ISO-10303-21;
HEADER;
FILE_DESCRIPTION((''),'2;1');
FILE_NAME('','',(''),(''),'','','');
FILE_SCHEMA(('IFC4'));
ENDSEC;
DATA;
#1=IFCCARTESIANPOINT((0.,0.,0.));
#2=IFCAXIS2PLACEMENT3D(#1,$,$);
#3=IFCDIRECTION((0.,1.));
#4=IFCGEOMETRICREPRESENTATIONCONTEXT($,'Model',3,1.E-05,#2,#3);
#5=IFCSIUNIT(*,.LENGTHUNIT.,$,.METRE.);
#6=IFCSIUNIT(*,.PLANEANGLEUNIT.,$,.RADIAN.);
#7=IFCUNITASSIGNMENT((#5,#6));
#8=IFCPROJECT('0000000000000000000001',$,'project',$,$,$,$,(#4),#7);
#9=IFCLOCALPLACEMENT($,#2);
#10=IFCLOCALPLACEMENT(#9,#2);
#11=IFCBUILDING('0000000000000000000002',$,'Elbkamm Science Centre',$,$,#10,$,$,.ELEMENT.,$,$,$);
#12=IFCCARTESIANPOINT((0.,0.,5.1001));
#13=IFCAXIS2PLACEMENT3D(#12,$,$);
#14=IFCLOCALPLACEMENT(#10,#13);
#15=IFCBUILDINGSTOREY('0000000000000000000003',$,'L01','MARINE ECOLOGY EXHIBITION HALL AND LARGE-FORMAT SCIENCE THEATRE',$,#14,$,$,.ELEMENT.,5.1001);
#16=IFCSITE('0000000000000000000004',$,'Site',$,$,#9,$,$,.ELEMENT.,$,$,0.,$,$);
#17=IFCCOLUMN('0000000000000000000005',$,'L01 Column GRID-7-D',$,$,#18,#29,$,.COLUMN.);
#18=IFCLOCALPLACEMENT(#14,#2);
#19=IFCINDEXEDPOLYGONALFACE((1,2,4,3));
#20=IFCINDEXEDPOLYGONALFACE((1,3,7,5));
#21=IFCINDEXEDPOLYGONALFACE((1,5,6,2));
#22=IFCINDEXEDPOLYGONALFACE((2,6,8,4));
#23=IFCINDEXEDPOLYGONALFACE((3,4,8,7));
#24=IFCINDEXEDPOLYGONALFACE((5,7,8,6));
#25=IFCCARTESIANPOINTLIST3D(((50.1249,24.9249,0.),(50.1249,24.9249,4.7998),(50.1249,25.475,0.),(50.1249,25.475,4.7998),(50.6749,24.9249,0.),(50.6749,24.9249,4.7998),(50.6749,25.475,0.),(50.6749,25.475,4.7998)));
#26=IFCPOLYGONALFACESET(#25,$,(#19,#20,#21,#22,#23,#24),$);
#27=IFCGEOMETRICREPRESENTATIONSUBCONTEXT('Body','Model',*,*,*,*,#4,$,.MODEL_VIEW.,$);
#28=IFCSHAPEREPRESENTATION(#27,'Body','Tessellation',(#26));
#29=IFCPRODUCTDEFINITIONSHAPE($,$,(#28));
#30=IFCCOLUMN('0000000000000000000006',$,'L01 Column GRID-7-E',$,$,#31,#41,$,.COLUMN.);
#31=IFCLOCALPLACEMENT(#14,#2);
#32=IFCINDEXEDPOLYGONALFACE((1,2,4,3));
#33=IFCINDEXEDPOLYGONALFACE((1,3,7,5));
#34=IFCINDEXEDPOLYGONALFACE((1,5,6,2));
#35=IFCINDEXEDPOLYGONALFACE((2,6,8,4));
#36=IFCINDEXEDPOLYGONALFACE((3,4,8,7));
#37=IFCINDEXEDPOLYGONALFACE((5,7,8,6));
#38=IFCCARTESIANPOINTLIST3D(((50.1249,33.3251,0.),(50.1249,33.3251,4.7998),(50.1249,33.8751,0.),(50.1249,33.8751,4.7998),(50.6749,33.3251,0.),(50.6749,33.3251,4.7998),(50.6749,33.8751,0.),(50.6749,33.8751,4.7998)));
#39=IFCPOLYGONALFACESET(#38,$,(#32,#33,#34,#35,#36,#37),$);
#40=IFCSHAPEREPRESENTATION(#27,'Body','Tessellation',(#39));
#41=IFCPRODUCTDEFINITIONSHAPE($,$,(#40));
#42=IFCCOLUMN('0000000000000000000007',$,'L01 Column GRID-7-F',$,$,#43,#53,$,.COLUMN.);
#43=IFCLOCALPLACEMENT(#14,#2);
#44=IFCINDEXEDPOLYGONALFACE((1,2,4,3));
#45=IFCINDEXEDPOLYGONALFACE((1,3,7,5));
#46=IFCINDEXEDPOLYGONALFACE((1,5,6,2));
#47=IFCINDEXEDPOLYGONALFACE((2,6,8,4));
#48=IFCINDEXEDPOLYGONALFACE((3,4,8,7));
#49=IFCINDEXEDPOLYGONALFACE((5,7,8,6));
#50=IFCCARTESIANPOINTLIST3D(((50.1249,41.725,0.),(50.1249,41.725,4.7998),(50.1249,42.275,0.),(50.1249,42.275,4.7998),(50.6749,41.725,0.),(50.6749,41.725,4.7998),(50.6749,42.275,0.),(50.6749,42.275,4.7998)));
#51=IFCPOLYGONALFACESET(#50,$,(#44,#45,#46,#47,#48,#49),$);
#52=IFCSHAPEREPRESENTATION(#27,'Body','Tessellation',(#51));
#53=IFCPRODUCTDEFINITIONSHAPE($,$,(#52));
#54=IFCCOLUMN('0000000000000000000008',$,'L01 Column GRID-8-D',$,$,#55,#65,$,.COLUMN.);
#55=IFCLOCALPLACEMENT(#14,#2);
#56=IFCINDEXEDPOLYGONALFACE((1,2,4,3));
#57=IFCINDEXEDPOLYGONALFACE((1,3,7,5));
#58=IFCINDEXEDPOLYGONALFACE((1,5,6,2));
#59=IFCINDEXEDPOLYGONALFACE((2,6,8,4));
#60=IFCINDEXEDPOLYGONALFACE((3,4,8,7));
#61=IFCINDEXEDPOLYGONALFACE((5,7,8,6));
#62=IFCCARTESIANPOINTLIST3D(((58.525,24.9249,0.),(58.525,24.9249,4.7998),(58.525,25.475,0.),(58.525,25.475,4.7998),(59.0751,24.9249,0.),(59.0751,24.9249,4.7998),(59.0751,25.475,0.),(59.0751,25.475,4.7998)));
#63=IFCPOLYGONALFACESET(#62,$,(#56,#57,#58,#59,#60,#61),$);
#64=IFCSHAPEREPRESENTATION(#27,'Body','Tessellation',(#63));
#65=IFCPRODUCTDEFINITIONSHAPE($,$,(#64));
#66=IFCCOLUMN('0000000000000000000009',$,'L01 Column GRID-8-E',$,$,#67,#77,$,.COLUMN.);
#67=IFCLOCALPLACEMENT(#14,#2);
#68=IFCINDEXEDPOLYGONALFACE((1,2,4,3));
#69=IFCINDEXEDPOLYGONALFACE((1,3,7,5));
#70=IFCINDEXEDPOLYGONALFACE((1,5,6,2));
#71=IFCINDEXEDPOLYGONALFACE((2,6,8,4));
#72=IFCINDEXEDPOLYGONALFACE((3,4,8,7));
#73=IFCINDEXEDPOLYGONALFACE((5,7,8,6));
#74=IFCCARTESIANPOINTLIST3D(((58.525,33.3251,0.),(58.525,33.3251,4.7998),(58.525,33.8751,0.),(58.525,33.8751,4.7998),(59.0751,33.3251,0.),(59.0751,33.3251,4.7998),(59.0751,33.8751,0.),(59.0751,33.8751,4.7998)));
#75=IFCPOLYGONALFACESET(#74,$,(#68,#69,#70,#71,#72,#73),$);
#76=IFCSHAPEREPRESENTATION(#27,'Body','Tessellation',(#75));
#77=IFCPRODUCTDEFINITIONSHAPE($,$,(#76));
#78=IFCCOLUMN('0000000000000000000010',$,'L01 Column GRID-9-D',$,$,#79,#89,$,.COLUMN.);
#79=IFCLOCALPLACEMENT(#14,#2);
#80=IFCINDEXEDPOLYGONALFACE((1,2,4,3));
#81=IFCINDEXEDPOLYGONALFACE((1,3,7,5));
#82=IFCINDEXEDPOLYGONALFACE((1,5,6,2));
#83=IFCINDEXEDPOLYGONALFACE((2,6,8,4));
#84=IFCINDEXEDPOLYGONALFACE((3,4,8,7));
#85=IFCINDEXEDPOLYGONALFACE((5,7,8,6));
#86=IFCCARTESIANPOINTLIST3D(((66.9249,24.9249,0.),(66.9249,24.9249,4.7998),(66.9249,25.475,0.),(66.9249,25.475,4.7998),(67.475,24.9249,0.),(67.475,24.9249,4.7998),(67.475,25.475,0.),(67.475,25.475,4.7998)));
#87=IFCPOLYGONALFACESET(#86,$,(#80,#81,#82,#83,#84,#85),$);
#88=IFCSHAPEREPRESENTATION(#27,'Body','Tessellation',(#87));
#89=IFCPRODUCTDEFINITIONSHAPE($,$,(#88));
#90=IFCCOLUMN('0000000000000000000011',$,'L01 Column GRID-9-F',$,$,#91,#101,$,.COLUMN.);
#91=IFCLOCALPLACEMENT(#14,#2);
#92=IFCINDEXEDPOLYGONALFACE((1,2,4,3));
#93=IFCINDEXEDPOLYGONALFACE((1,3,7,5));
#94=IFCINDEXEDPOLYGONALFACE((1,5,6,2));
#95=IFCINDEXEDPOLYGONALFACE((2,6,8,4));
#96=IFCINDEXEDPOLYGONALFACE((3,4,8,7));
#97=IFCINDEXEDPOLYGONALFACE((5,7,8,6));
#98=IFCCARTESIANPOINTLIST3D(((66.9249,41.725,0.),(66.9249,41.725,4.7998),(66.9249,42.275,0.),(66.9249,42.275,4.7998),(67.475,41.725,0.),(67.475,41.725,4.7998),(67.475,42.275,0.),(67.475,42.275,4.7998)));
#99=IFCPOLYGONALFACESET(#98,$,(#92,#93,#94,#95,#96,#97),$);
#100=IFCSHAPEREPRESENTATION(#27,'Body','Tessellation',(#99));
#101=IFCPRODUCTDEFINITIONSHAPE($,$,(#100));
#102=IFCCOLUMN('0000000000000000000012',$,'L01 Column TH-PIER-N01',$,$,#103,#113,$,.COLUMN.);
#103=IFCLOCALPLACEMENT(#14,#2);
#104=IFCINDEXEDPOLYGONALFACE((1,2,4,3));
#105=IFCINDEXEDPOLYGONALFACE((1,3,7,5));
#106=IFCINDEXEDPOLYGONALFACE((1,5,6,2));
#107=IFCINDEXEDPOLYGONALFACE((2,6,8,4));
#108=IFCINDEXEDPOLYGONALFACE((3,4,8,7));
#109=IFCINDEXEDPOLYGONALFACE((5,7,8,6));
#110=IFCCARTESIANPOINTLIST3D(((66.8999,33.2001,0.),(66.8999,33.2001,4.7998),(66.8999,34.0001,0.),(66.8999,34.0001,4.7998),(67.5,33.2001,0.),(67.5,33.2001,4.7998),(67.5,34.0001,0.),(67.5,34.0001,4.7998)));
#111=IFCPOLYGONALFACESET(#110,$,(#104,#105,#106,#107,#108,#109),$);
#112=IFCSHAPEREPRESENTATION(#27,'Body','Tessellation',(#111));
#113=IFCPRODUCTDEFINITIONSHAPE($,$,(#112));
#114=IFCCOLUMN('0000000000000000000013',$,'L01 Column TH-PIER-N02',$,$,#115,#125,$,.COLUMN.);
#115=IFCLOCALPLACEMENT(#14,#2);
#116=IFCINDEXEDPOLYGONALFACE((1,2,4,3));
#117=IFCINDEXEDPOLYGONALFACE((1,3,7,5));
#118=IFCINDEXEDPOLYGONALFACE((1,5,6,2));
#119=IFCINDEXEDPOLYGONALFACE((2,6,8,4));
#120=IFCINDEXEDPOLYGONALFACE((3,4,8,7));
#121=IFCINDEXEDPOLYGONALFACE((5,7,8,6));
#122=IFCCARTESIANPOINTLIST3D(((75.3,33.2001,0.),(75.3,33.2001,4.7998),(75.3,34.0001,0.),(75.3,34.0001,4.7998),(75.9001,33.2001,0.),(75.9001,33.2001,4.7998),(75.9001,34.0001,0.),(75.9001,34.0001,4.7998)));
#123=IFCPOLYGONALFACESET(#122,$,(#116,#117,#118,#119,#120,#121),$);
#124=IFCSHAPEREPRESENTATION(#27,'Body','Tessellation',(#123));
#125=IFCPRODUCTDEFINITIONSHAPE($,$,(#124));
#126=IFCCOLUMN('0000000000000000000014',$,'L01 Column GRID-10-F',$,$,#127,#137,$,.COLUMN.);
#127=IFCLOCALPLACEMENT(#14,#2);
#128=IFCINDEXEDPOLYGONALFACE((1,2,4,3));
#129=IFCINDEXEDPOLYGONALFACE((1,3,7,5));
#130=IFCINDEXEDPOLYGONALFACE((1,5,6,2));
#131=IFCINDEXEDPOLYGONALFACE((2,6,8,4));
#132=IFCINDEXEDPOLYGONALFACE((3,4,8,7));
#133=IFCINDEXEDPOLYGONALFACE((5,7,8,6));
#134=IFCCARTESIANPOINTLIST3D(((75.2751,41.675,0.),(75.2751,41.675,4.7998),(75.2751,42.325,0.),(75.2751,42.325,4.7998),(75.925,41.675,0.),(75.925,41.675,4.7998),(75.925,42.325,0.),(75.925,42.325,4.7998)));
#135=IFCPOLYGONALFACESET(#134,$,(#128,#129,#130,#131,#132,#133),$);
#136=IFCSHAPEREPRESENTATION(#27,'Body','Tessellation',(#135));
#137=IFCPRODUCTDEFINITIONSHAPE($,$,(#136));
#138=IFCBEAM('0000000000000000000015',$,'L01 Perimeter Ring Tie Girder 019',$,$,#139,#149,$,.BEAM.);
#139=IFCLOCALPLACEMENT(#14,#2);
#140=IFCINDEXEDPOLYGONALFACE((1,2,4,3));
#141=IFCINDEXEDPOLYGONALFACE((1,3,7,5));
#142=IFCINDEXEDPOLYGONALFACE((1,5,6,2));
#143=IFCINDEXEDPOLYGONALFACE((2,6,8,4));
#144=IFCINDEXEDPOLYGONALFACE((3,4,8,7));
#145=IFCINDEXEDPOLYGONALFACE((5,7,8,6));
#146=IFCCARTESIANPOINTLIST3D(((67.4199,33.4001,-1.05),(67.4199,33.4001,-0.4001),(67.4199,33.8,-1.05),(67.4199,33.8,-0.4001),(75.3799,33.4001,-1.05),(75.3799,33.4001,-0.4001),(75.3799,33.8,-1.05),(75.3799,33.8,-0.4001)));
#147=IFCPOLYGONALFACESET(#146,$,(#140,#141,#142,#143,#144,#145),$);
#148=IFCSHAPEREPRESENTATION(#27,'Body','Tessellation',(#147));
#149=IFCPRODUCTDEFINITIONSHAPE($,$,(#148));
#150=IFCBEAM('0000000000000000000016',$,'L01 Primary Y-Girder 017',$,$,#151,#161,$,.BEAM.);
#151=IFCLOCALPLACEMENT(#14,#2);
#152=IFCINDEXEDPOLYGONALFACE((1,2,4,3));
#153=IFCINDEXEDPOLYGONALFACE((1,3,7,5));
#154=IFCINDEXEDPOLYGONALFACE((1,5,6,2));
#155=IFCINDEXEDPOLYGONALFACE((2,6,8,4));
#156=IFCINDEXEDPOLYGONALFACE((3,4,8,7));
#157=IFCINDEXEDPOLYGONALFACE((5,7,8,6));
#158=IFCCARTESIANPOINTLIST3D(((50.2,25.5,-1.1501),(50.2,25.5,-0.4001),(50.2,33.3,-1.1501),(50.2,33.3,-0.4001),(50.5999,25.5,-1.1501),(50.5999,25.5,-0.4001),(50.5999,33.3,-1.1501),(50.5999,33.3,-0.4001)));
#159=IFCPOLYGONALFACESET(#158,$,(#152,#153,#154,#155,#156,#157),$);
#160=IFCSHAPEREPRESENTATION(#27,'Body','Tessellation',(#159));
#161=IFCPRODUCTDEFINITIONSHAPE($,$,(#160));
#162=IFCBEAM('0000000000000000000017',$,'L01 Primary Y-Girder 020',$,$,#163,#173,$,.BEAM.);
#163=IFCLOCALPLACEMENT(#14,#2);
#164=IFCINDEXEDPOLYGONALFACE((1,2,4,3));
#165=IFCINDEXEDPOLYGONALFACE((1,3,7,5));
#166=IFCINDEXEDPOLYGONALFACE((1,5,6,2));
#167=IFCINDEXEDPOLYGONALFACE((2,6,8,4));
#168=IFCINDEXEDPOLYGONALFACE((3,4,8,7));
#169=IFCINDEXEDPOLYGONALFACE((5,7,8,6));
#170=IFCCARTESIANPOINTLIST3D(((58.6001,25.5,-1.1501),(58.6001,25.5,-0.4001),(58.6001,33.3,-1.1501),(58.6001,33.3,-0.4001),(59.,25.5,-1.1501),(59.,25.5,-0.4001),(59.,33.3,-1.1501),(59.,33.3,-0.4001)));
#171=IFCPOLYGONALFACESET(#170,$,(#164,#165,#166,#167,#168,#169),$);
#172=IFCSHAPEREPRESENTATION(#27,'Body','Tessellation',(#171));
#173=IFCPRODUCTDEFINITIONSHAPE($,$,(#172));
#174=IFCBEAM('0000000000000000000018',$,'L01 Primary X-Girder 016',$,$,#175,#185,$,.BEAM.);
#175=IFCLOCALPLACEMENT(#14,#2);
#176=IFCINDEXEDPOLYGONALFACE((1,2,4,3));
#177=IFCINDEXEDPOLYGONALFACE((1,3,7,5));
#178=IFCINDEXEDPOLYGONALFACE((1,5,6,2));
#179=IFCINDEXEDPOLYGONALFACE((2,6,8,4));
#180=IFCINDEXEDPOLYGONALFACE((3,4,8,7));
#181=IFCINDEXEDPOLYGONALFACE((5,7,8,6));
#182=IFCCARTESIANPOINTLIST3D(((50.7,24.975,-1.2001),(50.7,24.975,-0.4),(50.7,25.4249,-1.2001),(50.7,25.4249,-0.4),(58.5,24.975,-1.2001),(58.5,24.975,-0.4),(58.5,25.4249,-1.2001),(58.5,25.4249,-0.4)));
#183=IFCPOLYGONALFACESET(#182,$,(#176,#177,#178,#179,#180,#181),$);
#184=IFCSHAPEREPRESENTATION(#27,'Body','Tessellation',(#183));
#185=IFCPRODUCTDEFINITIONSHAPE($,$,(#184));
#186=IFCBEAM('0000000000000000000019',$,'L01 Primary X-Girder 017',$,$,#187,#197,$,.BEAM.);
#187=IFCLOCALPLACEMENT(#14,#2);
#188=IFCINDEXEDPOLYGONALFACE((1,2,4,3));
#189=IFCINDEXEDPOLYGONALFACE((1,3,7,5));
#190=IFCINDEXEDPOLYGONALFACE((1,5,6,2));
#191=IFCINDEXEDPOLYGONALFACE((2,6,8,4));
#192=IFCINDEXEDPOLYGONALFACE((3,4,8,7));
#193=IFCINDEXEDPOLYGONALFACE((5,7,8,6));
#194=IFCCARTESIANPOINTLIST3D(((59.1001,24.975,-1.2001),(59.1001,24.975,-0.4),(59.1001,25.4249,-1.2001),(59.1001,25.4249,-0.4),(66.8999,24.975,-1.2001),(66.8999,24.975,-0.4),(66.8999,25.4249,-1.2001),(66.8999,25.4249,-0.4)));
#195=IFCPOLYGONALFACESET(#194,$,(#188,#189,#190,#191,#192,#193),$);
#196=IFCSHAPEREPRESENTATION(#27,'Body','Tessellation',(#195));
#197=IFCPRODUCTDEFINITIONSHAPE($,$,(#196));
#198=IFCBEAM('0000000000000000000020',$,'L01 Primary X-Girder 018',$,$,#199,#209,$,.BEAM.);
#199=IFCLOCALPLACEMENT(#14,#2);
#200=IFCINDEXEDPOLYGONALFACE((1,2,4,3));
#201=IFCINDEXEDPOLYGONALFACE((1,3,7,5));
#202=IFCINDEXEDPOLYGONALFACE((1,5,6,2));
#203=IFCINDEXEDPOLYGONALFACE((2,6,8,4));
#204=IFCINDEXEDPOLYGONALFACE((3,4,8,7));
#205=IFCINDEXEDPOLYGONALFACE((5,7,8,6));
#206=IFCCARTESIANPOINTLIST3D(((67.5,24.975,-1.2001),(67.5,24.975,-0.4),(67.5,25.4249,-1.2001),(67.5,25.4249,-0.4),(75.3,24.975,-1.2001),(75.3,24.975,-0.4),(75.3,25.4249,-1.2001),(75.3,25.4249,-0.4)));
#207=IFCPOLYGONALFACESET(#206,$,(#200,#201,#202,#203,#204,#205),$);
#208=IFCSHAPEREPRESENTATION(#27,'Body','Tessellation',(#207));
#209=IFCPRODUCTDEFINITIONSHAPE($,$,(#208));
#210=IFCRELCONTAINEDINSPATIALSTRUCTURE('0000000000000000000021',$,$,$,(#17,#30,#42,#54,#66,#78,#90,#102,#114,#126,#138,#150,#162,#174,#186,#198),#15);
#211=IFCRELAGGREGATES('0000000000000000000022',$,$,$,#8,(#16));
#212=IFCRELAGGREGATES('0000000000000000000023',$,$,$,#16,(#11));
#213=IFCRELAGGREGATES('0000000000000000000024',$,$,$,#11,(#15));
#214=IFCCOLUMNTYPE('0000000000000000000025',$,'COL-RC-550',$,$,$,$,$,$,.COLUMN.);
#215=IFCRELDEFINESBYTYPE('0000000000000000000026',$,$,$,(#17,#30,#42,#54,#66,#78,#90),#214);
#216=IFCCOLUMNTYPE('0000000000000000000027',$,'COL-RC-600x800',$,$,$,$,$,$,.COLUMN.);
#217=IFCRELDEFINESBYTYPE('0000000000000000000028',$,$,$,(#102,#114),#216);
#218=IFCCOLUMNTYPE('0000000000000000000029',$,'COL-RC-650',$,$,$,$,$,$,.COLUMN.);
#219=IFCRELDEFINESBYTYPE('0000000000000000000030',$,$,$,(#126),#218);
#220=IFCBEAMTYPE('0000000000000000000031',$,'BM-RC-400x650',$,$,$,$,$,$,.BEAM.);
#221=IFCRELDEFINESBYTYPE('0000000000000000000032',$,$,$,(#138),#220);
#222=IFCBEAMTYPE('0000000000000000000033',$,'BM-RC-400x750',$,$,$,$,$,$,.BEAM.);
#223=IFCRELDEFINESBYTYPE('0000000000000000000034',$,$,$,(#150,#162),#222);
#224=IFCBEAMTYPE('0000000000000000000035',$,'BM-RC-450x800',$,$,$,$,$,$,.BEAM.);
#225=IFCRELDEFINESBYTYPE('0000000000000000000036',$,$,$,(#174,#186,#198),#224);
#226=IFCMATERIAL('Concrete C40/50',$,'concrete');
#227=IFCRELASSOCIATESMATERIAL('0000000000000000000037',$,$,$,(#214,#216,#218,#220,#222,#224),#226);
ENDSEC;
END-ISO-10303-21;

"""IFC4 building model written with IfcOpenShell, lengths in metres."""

from ifc_helpers import new_model, si_unit, direction, frame, origin, origin_2d, place, context, subcontext, project, spatial, rectangle, extrude, material, material_profile, profile_set, type_object, element, save


model = new_model("IFC4")

# Units and contexts
model_context = context("Model", 3, precision=1e-05, world=origin(), true_north=direction((0.0, 1.0)))
body_context = subcontext(model_context, "Body", "Model", "MODEL_VIEW")
ifc_project = project(units=[si_unit("LENGTHUNIT", "METRE"), si_unit("PLANEANGLEUNIT", "RADIAN")], contexts=[model_context])

# Site, building, storey
site_placement = place(None, origin())
site = spatial("IfcSite", under=ifc_project, at=site_placement, Name="Site", CompositionType="ELEMENT", RefElevation=0.0)
building_placement = place(site_placement, origin())
building = spatial("IfcBuilding", under=site, at=building_placement, Name="Elbkamm Science Centre", CompositionType="ELEMENT")
storey_placement = place(building_placement, frame((0.0, 0.0, 5.1001)))
storey = spatial("IfcBuildingStorey", under=building, at=storey_placement, Name="L01", Description="MARINE ECOLOGY EXHIBITION HALL AND LARGE-FORMAT SCIENCE THEATRE", CompositionType="ELEMENT", Elevation=5.1001)

# Columns
ifc_material_1 = material(Name="Concrete C40/50", Category="concrete")
ifc_material_profile_1 = material_profile(ifc_material_1, rectangle(XDim=0.55, YDim=0.55, at=origin_2d()), Name="RC 550x550")
ifc_profile_set_1 = profile_set([ifc_material_profile_1], Name="Concrete C40/50")
column_type_1 = type_object("IfcColumnType", Name="COL-RC-550", PredefinedType="COLUMN", material=ifc_profile_set_1)
for number, where, z_axis, x_axis, name in (
    (1, (50.3999, 25.2, 0.0), (0.0, 0.0, 1.0), (1.0, 0.0, 0.0), "L01 Column GRID-7-D"),
    (2, (50.3999, 33.6001, 0.0), (0.0, 0.0, 1.0), (1.0, 0.0, 0.0), "L01 Column GRID-7-E"),
    (3, (50.3999, 42.0, 0.0), (0.0, 0.0, 1.0), (1.0, 0.0, 0.0), "L01 Column GRID-7-F"),
    (4, (58.8, 25.2, 0.0), (0.0, 0.0, 1.0), (1.0, 0.0, 0.0), "L01 Column GRID-8-D"),
    (5, (58.8, 33.6001, 0.0), (0.0, 0.0, 1.0), (1.0, 0.0, 0.0), "L01 Column GRID-8-E"),
    (6, (67.2, 25.2, 0.0), (0.0, 0.0, 1.0), (1.0, 0.0, 0.0), "L01 Column GRID-9-D"),
    (7, (67.2, 42.0, 0.0), (0.0, 0.0, 1.0), (1.0, 0.0, 0.0), "L01 Column GRID-9-F"),
):
    element("IfcColumn", number, at=place(storey_placement, frame(where, z_axis=z_axis, x_axis=x_axis)), inside=storey, type_object=column_type_1, Name=name, PredefinedType="COLUMN", context=body_context, shape_type="SweptSolid", body=[
        extrude(rectangle(XDim=0.55, YDim=0.55, at=origin_2d()), origin(), (0.0, 0.0, 1.0), 4.7998),
    ])
ifc_material_profile_2 = material_profile(ifc_material_1, rectangle(XDim=0.6001, YDim=0.8, at=origin_2d()), Name="RC 600x800")
ifc_profile_set_2 = profile_set([ifc_material_profile_2], Name="Concrete C40/50")
column_type_2 = type_object("IfcColumnType", Name="COL-RC-600x800", PredefinedType="COLUMN", material=ifc_profile_set_2)
for number, where, z_axis, x_axis, name in (
    (8, (67.2, 33.6001, 0.0), (0.0, 0.0, 1.0), (1.0, 0.0, 0.0), "L01 Column TH-PIER-N01"),
    (9, (75.6001, 33.6001, 0.0), (0.0, 0.0, 1.0), (1.0, 0.0, 0.0), "L01 Column TH-PIER-N02"),
):
    element("IfcColumn", number, at=place(storey_placement, frame(where, z_axis=z_axis, x_axis=x_axis)), inside=storey, type_object=column_type_2, Name=name, PredefinedType="COLUMN", context=body_context, shape_type="SweptSolid", body=[
        extrude(rectangle(XDim=0.6001, YDim=0.8, at=origin_2d()), origin(), (0.0, 0.0, 1.0), 4.7998),
    ])
ifc_material_profile_3 = material_profile(ifc_material_1, rectangle(XDim=0.6499, YDim=0.6499, at=origin_2d()), Name="RC 650x650")
ifc_profile_set_3 = profile_set([ifc_material_profile_3], Name="Concrete C40/50")
column_type_3 = type_object("IfcColumnType", Name="COL-RC-650", PredefinedType="COLUMN", material=ifc_profile_set_3)
column_placement = place(storey_placement, frame((75.6001, 42.0, 0.0), z_axis=(0.0, 0.0, 1.0), x_axis=(1.0, 0.0, 0.0)))
element("IfcColumn", 10, at=column_placement, inside=storey, type_object=column_type_3, Name="L01 Column GRID-10-F", PredefinedType="COLUMN", context=body_context, shape_type="SweptSolid", body=[
    extrude(rectangle(XDim=0.6499, YDim=0.6499, at=origin_2d()), origin(), (0.0, 0.0, 1.0), 4.7998),
])

# Beams
ifc_material_profile_4 = material_profile(ifc_material_1, rectangle(XDim=0.3999, YDim=0.6499, at=origin_2d()), Name="RC 400x650")
ifc_profile_set_4 = profile_set([ifc_material_profile_4], Name="Concrete C40/50")
beam_type_1 = type_object("IfcBeamType", Name="BM-RC-400x650", PredefinedType="BEAM", material=ifc_profile_set_4)
beam_1_placement = place(storey_placement, frame((67.4199, 33.6001, -0.7251), z_axis=(1.0, 0.0, 0.0), x_axis=(0.0, 1.0, 0.0)))
element("IfcBeam", 11, at=beam_1_placement, inside=storey, type_object=beam_type_1, Name="L01 Perimeter Ring Tie Girder 019", PredefinedType="BEAM", context=body_context, shape_type="SweptSolid", body=[
    extrude(rectangle(XDim=0.3999, YDim=0.6499, at=origin_2d()), origin(), (0.0, 0.0, 1.0), 7.96),
])
ifc_material_profile_5 = material_profile(ifc_material_1, rectangle(XDim=0.3999, YDim=0.75, at=origin_2d()), Name="RC 400x750")
ifc_profile_set_5 = profile_set([ifc_material_profile_5], Name="Concrete C40/50")
beam_type_2 = type_object("IfcBeamType", Name="BM-RC-400x750", PredefinedType="BEAM", material=ifc_profile_set_5)
for number, where, z_axis, x_axis, name in (
    (12, (50.3999, 25.5, -0.7751), (0.0, 1.0, 0.0), (-1.0, 0.0, 0.0), "L01 Primary Y-Girder 017"),
    (13, (58.8, 25.5, -0.7751), (0.0, 1.0, 0.0), (-1.0, 0.0, 0.0), "L01 Primary Y-Girder 020"),
):
    element("IfcBeam", number, at=place(storey_placement, frame(where, z_axis=z_axis, x_axis=x_axis)), inside=storey, type_object=beam_type_2, Name=name, PredefinedType="BEAM", context=body_context, shape_type="SweptSolid", body=[
        extrude(rectangle(XDim=0.3999, YDim=0.75, at=origin_2d()), origin(), (0.0, 0.0, 1.0), 7.8),
    ])
ifc_material_profile_6 = material_profile(ifc_material_1, rectangle(XDim=0.45, YDim=0.8, at=origin_2d()), Name="RC 450x800")
ifc_profile_set_6 = profile_set([ifc_material_profile_6], Name="Concrete C40/50")
beam_type_3 = type_object("IfcBeamType", Name="BM-RC-450x800", PredefinedType="BEAM", material=ifc_profile_set_6)
beam_2_placement = place(storey_placement, frame((50.7, 25.2, -0.8), z_axis=(1.0, 0.0, 0.0), x_axis=(0.0, 1.0, 0.0)))
element("IfcBeam", 14, at=beam_2_placement, inside=storey, type_object=beam_type_3, Name="L01 Primary X-Girder 016", PredefinedType="BEAM", context=body_context, shape_type="SweptSolid", body=[
    extrude(rectangle(XDim=0.45, YDim=0.8, at=origin_2d()), origin(), (0.0, 0.0, 1.0), 7.8),
])
beam_3_placement = place(storey_placement, frame((59.1001, 25.2, -0.8), z_axis=(1.0, 0.0, 0.0), x_axis=(0.0, 1.0, 0.0)))
element("IfcBeam", 15, at=beam_3_placement, inside=storey, type_object=beam_type_3, Name="L01 Primary X-Girder 017", PredefinedType="BEAM", context=body_context, shape_type="SweptSolid", body=[
    extrude(rectangle(XDim=0.45, YDim=0.8, at=origin_2d()), origin(), (0.0, 0.0, 1.0), 7.7998),
])
for number, where, z_axis, x_axis, name in (
    (16, (67.5, 25.2, -0.8), (1.0, 0.0, 0.0), (0.0, 1.0, 0.0), "L01 Primary X-Girder 018"),
):
    element("IfcBeam", number, at=place(storey_placement, frame(where, z_axis=z_axis, x_axis=x_axis)), inside=storey, type_object=beam_type_3, Name=name, PredefinedType="BEAM", context=body_context, shape_type="SweptSolid", body=[
        extrude(rectangle(XDim=0.45, YDim=0.8, at=origin_2d()), origin(), (0.0, 0.0, 1.0), 7.8),
    ])

save(model, "model.ifc")
